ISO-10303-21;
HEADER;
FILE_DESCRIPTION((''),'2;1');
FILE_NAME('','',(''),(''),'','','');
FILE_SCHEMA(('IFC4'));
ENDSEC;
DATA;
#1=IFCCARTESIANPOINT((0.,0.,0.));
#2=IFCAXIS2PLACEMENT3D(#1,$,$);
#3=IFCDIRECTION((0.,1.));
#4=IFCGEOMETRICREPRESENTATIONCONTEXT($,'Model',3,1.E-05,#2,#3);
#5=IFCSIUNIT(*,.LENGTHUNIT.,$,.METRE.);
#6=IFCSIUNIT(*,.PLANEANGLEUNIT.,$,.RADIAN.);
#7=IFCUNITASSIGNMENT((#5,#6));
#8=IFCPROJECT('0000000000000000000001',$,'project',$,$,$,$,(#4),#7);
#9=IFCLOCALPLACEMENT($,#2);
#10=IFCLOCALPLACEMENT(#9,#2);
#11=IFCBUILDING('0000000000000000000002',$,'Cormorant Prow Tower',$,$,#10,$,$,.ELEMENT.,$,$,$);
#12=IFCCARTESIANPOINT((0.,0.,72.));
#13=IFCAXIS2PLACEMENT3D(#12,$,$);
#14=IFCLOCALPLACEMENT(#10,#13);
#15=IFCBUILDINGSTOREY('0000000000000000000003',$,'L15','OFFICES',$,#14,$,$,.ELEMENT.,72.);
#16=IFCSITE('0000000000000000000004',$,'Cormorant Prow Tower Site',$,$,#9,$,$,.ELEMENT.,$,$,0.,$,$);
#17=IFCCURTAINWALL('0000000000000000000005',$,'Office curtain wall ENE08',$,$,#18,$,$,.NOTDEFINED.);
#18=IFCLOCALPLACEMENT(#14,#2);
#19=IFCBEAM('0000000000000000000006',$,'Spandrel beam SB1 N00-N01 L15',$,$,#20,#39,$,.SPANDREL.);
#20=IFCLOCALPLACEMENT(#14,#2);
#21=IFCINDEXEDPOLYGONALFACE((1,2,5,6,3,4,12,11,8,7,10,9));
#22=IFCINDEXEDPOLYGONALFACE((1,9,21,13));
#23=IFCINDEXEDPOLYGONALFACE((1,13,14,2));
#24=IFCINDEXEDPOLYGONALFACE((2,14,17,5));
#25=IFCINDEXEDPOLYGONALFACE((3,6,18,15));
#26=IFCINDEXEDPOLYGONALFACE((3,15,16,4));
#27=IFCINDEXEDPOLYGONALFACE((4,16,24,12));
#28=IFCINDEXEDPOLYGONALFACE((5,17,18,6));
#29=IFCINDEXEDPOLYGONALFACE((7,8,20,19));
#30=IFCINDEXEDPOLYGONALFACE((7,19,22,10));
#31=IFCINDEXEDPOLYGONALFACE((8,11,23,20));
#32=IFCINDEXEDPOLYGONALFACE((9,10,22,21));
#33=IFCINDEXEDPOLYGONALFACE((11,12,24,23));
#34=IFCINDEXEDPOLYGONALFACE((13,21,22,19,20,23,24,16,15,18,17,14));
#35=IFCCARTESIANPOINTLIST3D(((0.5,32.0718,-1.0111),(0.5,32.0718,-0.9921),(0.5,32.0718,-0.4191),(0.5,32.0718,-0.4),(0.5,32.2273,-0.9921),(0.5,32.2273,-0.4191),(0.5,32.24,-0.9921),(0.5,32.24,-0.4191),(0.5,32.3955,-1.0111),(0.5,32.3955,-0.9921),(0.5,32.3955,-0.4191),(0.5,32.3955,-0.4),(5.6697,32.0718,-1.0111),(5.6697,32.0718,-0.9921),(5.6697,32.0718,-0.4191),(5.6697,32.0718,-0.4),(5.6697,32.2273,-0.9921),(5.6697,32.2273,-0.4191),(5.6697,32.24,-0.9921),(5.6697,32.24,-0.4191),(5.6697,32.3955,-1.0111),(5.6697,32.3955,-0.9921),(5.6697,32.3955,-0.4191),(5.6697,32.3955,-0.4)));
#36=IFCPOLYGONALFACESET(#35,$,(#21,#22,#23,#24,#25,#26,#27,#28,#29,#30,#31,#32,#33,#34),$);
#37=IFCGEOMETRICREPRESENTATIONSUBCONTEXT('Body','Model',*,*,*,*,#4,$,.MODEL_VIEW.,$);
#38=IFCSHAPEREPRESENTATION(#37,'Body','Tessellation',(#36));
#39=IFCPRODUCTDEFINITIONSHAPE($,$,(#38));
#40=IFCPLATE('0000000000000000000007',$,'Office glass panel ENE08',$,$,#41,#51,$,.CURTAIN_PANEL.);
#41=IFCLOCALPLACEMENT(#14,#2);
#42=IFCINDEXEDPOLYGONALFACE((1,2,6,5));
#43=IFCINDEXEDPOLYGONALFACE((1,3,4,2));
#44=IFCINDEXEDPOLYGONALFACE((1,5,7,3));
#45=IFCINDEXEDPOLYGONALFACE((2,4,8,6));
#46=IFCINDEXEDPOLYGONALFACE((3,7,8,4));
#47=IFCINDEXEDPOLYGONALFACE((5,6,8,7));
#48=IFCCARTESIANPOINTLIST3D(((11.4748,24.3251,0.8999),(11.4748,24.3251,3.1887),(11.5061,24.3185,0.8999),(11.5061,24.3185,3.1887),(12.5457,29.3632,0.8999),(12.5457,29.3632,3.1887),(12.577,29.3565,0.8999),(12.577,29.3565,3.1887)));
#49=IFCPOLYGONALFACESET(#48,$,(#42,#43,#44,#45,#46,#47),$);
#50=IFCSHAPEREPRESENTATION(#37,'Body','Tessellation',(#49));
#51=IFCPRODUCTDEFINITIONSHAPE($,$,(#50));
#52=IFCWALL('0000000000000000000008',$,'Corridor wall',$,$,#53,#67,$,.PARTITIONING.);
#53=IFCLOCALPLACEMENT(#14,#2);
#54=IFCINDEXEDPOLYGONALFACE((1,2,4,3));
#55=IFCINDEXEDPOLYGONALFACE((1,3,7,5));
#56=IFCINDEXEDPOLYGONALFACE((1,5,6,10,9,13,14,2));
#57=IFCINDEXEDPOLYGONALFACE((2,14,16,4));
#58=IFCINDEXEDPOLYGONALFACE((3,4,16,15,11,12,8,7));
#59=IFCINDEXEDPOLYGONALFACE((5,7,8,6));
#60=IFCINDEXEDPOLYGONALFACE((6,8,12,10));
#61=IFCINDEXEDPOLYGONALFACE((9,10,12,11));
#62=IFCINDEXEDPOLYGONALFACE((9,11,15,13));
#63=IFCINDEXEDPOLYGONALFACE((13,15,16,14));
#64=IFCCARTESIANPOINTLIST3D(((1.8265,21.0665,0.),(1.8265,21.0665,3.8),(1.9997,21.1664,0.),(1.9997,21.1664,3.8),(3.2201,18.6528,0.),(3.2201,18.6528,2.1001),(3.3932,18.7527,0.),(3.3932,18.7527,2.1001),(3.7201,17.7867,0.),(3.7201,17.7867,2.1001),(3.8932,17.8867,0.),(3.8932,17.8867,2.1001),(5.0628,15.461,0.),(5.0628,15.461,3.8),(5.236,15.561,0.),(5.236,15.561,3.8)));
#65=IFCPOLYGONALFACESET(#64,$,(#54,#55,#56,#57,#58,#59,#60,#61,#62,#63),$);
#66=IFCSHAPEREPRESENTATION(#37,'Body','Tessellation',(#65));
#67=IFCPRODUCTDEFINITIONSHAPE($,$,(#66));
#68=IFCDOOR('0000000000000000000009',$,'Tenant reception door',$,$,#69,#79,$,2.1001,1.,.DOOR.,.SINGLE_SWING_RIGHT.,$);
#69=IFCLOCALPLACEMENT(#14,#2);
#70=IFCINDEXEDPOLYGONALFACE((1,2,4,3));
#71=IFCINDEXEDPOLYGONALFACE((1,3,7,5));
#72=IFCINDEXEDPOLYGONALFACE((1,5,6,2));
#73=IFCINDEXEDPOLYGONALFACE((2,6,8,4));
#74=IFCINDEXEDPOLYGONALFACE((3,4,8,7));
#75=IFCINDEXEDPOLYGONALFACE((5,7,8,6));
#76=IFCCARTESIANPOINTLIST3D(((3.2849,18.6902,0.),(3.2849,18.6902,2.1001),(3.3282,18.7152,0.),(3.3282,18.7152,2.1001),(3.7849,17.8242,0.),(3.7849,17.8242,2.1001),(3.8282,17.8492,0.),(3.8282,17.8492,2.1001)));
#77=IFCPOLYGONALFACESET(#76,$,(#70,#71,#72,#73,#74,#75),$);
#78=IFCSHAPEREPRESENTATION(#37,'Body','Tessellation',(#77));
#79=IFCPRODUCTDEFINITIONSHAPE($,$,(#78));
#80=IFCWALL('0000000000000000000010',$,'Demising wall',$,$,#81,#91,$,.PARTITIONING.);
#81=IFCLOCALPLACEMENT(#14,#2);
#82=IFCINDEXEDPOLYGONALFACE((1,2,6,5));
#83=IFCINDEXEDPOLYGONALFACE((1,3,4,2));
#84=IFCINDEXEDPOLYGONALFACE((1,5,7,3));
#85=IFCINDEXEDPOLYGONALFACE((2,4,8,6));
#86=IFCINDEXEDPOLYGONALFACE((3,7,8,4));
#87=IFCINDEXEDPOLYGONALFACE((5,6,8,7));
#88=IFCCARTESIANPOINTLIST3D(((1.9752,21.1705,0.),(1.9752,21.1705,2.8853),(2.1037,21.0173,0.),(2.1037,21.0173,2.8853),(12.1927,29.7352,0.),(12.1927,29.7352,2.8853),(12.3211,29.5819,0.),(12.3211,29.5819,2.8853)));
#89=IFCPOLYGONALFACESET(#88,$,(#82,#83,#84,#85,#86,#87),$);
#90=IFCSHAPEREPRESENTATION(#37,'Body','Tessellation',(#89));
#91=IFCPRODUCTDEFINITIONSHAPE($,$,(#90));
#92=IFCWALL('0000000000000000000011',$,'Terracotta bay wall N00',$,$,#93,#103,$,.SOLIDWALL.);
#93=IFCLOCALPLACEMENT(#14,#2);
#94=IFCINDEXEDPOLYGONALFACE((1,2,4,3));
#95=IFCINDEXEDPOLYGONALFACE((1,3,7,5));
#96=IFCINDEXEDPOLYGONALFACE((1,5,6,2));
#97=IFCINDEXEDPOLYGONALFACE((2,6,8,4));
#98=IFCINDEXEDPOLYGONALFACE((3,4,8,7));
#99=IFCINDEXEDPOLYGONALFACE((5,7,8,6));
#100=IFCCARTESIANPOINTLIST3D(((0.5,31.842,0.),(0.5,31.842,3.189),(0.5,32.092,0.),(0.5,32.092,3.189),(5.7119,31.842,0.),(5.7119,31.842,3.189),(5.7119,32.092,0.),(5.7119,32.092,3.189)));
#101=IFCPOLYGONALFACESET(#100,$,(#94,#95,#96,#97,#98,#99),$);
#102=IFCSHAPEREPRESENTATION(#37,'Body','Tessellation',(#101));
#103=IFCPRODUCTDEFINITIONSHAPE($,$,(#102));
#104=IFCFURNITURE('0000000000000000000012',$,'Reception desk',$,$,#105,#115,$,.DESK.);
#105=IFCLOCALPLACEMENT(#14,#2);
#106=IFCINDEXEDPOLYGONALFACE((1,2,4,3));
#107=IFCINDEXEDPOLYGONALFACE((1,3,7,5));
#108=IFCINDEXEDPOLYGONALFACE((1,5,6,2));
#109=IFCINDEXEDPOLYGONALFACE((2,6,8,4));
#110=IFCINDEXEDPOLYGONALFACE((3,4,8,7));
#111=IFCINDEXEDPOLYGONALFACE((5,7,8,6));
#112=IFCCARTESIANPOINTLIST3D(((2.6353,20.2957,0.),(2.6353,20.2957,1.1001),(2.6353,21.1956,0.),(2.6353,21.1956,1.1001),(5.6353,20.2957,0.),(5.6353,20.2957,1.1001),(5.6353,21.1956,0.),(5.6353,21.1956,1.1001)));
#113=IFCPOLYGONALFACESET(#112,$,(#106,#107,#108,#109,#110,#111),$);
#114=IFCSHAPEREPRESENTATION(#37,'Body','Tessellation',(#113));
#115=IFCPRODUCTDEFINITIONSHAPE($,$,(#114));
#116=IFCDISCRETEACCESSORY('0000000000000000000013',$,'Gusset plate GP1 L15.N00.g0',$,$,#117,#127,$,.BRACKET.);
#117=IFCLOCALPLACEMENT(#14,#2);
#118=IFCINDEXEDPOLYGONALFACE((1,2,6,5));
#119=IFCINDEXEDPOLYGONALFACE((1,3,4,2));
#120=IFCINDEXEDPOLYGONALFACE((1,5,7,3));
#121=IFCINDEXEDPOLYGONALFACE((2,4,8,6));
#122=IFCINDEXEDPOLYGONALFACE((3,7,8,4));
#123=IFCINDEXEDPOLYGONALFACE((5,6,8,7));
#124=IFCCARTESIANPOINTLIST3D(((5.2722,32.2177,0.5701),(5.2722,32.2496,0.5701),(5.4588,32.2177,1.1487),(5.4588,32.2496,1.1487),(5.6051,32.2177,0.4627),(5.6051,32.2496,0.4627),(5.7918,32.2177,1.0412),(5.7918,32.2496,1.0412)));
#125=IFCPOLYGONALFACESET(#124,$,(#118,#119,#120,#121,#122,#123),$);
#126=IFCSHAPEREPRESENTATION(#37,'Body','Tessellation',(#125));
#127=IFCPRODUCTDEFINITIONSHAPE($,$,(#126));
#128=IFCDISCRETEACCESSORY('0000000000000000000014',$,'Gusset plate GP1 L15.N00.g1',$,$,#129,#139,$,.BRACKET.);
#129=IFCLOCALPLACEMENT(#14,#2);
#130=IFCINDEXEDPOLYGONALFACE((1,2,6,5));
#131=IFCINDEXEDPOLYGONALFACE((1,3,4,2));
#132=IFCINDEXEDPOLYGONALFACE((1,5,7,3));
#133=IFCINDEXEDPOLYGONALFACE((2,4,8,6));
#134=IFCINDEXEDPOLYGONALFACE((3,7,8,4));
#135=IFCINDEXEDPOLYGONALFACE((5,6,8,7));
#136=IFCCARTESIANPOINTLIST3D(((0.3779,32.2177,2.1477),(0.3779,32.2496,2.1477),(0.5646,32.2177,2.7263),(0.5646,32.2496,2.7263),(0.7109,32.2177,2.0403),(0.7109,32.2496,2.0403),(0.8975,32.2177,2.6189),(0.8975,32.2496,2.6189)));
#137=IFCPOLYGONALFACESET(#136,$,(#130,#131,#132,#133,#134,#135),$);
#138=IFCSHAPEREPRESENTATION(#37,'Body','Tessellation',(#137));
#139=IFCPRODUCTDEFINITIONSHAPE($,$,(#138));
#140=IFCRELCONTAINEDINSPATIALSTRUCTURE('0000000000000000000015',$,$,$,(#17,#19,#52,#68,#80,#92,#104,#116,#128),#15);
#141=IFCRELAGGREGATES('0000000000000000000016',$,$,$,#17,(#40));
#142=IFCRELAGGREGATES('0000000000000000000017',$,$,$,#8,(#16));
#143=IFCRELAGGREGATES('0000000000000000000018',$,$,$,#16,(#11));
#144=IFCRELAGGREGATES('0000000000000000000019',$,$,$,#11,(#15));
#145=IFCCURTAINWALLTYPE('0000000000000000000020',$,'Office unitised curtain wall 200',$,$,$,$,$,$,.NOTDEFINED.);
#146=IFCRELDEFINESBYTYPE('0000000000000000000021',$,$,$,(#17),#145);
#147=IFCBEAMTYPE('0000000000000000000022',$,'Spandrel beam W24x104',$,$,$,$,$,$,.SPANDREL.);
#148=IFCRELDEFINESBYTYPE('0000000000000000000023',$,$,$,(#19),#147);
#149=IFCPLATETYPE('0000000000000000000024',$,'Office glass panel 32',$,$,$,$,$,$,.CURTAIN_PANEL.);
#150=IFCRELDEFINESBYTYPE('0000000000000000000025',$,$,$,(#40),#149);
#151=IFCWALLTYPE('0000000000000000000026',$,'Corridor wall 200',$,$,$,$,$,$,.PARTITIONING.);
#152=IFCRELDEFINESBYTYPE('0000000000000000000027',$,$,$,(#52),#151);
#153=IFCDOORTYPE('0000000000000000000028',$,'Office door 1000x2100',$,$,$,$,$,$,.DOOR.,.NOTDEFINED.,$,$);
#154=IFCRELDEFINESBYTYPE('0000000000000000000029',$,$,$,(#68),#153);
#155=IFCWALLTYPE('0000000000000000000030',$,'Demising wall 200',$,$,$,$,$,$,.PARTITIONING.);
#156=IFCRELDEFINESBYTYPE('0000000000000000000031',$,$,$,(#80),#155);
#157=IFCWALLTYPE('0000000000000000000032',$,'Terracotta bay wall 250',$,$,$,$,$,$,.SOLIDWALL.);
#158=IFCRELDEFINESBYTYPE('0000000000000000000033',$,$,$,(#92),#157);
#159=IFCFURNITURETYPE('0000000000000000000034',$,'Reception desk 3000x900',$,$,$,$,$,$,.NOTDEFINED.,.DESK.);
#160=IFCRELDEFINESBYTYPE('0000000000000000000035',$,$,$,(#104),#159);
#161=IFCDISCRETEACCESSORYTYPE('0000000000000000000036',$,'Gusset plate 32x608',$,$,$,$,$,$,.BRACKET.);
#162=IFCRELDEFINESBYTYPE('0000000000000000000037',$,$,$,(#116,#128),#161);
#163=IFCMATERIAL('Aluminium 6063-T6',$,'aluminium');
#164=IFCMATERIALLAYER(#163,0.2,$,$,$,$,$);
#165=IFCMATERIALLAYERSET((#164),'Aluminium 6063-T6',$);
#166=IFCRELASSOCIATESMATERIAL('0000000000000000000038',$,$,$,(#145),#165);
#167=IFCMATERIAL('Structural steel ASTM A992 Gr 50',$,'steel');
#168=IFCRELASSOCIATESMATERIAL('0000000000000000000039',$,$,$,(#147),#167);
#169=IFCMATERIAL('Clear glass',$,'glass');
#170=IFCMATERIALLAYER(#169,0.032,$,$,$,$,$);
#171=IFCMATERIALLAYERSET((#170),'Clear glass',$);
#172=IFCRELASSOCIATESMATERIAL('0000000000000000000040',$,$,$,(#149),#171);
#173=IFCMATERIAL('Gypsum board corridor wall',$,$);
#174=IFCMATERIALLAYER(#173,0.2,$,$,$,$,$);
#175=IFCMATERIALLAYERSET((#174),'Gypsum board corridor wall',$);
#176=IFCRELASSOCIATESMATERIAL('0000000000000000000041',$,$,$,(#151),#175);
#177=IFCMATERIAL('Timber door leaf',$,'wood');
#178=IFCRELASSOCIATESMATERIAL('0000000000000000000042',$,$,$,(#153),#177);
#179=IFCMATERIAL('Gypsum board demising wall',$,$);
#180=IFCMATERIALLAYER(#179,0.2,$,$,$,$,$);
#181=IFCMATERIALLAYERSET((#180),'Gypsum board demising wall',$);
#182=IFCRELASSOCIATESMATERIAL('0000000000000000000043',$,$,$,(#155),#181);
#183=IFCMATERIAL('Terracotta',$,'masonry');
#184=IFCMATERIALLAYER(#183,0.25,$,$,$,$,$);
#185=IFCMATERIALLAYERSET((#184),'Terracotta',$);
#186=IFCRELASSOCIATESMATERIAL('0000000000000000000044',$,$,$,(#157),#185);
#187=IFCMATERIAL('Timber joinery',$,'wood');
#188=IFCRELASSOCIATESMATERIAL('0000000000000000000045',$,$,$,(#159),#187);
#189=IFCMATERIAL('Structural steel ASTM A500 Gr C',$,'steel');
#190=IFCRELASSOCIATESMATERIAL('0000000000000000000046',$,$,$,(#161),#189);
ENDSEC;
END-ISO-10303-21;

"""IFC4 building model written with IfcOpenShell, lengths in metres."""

from ifc_helpers import new_model, si_unit, direction, frame, frame_2d, origin, origin_2d, place, context, subcontext, project, spatial, rectangle, i_section, extrude, material, layer, layer_set, material_profile, profile_set, type_object, element, fill, aggregate, save


model = new_model("IFC4")

# Units and contexts
model_context = context("Model", 3, precision=1e-05, world=origin(), true_north=direction((0.0, 1.0)))
body_context = subcontext(model_context, "Body", "Model", "MODEL_VIEW")
ifc_project = project(units=[si_unit("LENGTHUNIT", "METRE"), si_unit("PLANEANGLEUNIT", "RADIAN")], contexts=[model_context])

# Site, building, storey
site_placement = place(None, origin())
site = spatial("IfcSite", under=ifc_project, at=site_placement, Name="Cormorant Prow Tower Site", CompositionType="ELEMENT", RefElevation=0.0)
building_placement = place(site_placement, origin())
building = spatial("IfcBuilding", under=site, at=building_placement, Name="Cormorant Prow Tower", CompositionType="ELEMENT")
storey_placement = place(building_placement, frame((0.0, 0.0, 72.0)))
storey = spatial("IfcBuildingStorey", under=building, at=storey_placement, Name="L15", Description="OFFICES", CompositionType="ELEMENT", Elevation=72.0)

# Curtain wall
ifc_material_1 = material(Name="Aluminium 6063-T6", Category="aluminium")
ifc_layer_1 = layer(ifc_material_1, 0.2)
ifc_layer_set_1 = layer_set([ifc_layer_1], Name="Aluminium 6063-T6")
curtain_wall_type = type_object("IfcCurtainWallType", Name="Office unitised curtain wall 200", PredefinedType="NOTDEFINED", material=ifc_layer_set_1)
curtain_wall_placement = place(storey_placement, origin())
curtain_wall = element("IfcCurtainWall", 1, at=curtain_wall_placement, inside=storey, type_object=curtain_wall_type, Name="Office curtain wall ENE08", PredefinedType="NOTDEFINED")

# Beam
ifc_material_2 = material(Name="Structural steel ASTM A992 Gr 50", Category="steel")
ifc_material_profile_1 = material_profile(ifc_material_2, i_section(OverallWidth=0.3237, OverallDepth=0.6111, WebThickness=0.0127, FlangeThickness=0.019, at=origin_2d()), Name="W24x104")
ifc_profile_set_1 = profile_set([ifc_material_profile_1], Name="Structural steel ASTM A992 Gr 50")
beam_type = type_object("IfcBeamType", Name="Spandrel beam W24x104", PredefinedType="SPANDREL", material=ifc_profile_set_1)
beam_1_placement = place(storey_placement, frame((5.6697, 32.2336, -0.7056), z_axis=(-1.0, 0.0, 0.0), x_axis=(0.0, -1.0, 0.0)))
element("IfcBeam", 2, at=beam_1_placement, inside=storey, type_object=beam_type, Name="Spandrel beam SB1 N00-N01 L15", PredefinedType="SPANDREL", context=body_context, shape_type="SweptSolid", body=[
    extrude(i_section(OverallWidth=0.3237, OverallDepth=0.6111, WebThickness=0.0127, FlangeThickness=0.019, at=origin_2d()), origin(), (0.0, 0.0, 1.0), 5.1697),
])

# Plate
ifc_material_3 = material(Name="Clear glass", Category="glass")
ifc_layer_2 = layer(ifc_material_3, 0.032)
ifc_layer_set_2 = layer_set([ifc_layer_2], Name="Clear glass")
plate_type = type_object("IfcPlateType", Name="Office glass panel 32", PredefinedType="CURTAIN_PANEL", material=ifc_layer_set_2)
plate_placement = place(storey_placement, frame((12.0259, 26.8408, 0.8999), z_axis=(0.0, 0.0, 1.0), x_axis=(0.207912, 0.978148, 0.0)))
plate = element("IfcPlate", 3, at=plate_placement, type_object=plate_type, Name="Office glass panel ENE08", PredefinedType="CURTAIN_PANEL", context=body_context, shape_type="SweptSolid", body=[
    extrude(rectangle(XDim=5.1506, YDim=0.032, at=origin_2d()), origin(), (0.0, 0.0, 1.0), 2.2888),
])
aggregate(curtain_wall, [plate])

# Wall, opening, door
ifc_material_4 = material(Name="Gypsum board corridor wall")
ifc_layer_3 = layer(ifc_material_4, 0.2)
ifc_layer_set_3 = layer_set([ifc_layer_3], Name="Gypsum board corridor wall")
wall_type_1 = type_object("IfcWallType", Name="Corridor wall 200", PredefinedType="PARTITIONING", material=ifc_layer_set_3)
wall_1_placement = place(storey_placement, frame((1.9131, 21.1165, 0.0), z_axis=(0.0, 0.0, 1.0), x_axis=(0.500001, -0.866025, 0.0)))
wall_1 = element("IfcWall", 4, at=wall_1_placement, inside=storey, type_object=wall_type_1, Name="Corridor wall", PredefinedType="PARTITIONING", context=body_context, shape_type="SweptSolid", body=[
    extrude(rectangle(XDim=6.4727, YDim=0.2, at=frame_2d((3.2363, 0.0))), origin(), (0.0, 0.0, 1.0), 3.8),
])
opening_1_placement = place(wall_1_placement, frame((2.7871, 0.0, 0.0)))
opening_1 = element("IfcOpeningElement", 5, at=opening_1_placement, cuts=wall_1, PredefinedType="OPENING", context=body_context, shape_type="SweptSolid", body=[
    extrude(rectangle(XDim=1.0, YDim=2.1001, at=frame_2d((0.5, 1.05))), frame((0.0, 0.1099, 0.0), z_axis=(0.0, -1.0, 0.0), x_axis=(1.0, 0.0, 0.0)), (0.0, 0.0, 1.0), 0.22),
])
ifc_material_5 = material(Name="Timber door leaf", Category="wood")
door_type_1 = type_object("IfcDoorType", Name="Office door 1000x2100", OperationType="NOTDEFINED", PredefinedType="DOOR", material=ifc_material_5)
door_1_placement = place(opening_1_placement, origin())
door_1 = element("IfcDoor", 6, at=door_1_placement, inside=storey, type_object=door_type_1, Name="Tenant reception door", OperationType="SINGLE_SWING_RIGHT", OverallHeight=2.1001, OverallWidth=1.0, PredefinedType="DOOR", context=body_context, shape_type="SweptSolid", body=[
    extrude(rectangle(XDim=1.0, YDim=2.1001, at=frame_2d((0.5, 1.05))), frame((0.0, 0.0249, 0.0), z_axis=(0.0, -1.0, 0.0), x_axis=(1.0, 0.0, 0.0)), (0.0, 0.0, 1.0), 0.05),
])
fill(opening_1, door_1)

# Walls
ifc_material_6 = material(Name="Gypsum board demising wall")
ifc_layer_4 = layer(ifc_material_6, 0.2)
ifc_layer_set_4 = layer_set([ifc_layer_4], Name="Gypsum board demising wall")
wall_type_2 = type_object("IfcWallType", Name="Demising wall 200", PredefinedType="PARTITIONING", material=ifc_layer_set_4)
wall_2_placement = place(storey_placement, frame((2.0396, 21.094, 0.0), z_axis=(0.0, 0.0, 1.0), x_axis=(0.76637, 0.642399, 0.0)))
element("IfcWall", 7, at=wall_2_placement, inside=storey, type_object=wall_type_2, Name="Demising wall", PredefinedType="PARTITIONING", context=body_context, shape_type="SweptSolid", body=[
    extrude(rectangle(XDim=13.3323, YDim=0.2, at=frame_2d((6.666, 0.0))), origin(), (0.0, 0.0, 1.0), 2.8853),
])
ifc_material_7 = material(Name="Terracotta", Category="masonry")
ifc_layer_5 = layer(ifc_material_7, 0.25)
ifc_layer_set_5 = layer_set([ifc_layer_5], Name="Terracotta")
wall_type_3 = type_object("IfcWallType", Name="Terracotta bay wall 250", PredefinedType="SOLIDWALL", material=ifc_layer_set_5)
wall_3_placement = place(storey_placement, frame((5.7119, 31.967, 0.0), z_axis=(0.0, 0.0, 1.0), x_axis=(-1.0, 0.0, 0.0)))
element("IfcWall", 8, at=wall_3_placement, inside=storey, type_object=wall_type_3, Name="Terracotta bay wall N00", PredefinedType="SOLIDWALL", context=body_context, shape_type="SweptSolid", body=[
    extrude(rectangle(XDim=5.2119, YDim=0.25, at=frame_2d((2.606, 0.0))), origin(), (0.0, 0.0, 1.0), 3.189),
])

# Furniture
ifc_material_8 = material(Name="Timber joinery", Category="wood")
furniture_type = type_object("IfcFurnitureType", Name="Reception desk 3000x900", AssemblyPlace="NOTDEFINED", PredefinedType="DESK", material=ifc_material_8)
furniture_placement = place(storey_placement, frame((4.1353, 20.7456, 0.0), z_axis=(0.0, 0.0, 1.0), x_axis=(1.0, 0.0, 0.0)))
element("IfcFurniture", 9, at=furniture_placement, inside=storey, type_object=furniture_type, Name="Reception desk", PredefinedType="DESK", context=body_context, shape_type="SweptSolid", body=[
    extrude(rectangle(XDim=3.0, YDim=0.8999, at=origin_2d()), origin(), (0.0, 0.0, 1.0), 1.1001),
])

# Discrete accessories
ifc_material_9 = material(Name="Structural steel ASTM A500 Gr C", Category="steel")
ifc_material_profile_2 = material_profile(ifc_material_9, rectangle(XDim=0.032, YDim=0.6079, at=origin_2d()), Name="Gusset plate 32x608")
ifc_profile_set_2 = profile_set([ifc_material_profile_2], Name="Structural steel ASTM A500 Gr C")
discrete_accessory_type = type_object("IfcDiscreteAccessoryType", Name="Gusset plate 32x608", PredefinedType="BRACKET", material=ifc_profile_set_2)
for number, where, z_axis, x_axis, name in (
    (10, (5.3655, 32.2336, 0.8594), (0.951709, 0.0, -0.307003), (0.0, 1.0, 0.0), "Gusset plate GP1 L15.N00.g0"),
    (11, (0.8042, 32.2336, 2.3296), (-0.951709, 0.0, 0.307003), (0.0, -1.0, 0.0), "Gusset plate GP1 L15.N00.g1"),
):
    element("IfcDiscreteAccessory", number, at=place(storey_placement, frame(where, z_axis=z_axis, x_axis=x_axis)), inside=storey, type_object=discrete_accessory_type, Name=name, PredefinedType="BRACKET", context=body_context, shape_type="SweptSolid", body=[
        extrude(rectangle(XDim=0.032, YDim=0.6079, at=origin_2d()), origin(), (0.0, 0.0, 1.0), 0.3499),
    ])

save(model, "model.ifc")
